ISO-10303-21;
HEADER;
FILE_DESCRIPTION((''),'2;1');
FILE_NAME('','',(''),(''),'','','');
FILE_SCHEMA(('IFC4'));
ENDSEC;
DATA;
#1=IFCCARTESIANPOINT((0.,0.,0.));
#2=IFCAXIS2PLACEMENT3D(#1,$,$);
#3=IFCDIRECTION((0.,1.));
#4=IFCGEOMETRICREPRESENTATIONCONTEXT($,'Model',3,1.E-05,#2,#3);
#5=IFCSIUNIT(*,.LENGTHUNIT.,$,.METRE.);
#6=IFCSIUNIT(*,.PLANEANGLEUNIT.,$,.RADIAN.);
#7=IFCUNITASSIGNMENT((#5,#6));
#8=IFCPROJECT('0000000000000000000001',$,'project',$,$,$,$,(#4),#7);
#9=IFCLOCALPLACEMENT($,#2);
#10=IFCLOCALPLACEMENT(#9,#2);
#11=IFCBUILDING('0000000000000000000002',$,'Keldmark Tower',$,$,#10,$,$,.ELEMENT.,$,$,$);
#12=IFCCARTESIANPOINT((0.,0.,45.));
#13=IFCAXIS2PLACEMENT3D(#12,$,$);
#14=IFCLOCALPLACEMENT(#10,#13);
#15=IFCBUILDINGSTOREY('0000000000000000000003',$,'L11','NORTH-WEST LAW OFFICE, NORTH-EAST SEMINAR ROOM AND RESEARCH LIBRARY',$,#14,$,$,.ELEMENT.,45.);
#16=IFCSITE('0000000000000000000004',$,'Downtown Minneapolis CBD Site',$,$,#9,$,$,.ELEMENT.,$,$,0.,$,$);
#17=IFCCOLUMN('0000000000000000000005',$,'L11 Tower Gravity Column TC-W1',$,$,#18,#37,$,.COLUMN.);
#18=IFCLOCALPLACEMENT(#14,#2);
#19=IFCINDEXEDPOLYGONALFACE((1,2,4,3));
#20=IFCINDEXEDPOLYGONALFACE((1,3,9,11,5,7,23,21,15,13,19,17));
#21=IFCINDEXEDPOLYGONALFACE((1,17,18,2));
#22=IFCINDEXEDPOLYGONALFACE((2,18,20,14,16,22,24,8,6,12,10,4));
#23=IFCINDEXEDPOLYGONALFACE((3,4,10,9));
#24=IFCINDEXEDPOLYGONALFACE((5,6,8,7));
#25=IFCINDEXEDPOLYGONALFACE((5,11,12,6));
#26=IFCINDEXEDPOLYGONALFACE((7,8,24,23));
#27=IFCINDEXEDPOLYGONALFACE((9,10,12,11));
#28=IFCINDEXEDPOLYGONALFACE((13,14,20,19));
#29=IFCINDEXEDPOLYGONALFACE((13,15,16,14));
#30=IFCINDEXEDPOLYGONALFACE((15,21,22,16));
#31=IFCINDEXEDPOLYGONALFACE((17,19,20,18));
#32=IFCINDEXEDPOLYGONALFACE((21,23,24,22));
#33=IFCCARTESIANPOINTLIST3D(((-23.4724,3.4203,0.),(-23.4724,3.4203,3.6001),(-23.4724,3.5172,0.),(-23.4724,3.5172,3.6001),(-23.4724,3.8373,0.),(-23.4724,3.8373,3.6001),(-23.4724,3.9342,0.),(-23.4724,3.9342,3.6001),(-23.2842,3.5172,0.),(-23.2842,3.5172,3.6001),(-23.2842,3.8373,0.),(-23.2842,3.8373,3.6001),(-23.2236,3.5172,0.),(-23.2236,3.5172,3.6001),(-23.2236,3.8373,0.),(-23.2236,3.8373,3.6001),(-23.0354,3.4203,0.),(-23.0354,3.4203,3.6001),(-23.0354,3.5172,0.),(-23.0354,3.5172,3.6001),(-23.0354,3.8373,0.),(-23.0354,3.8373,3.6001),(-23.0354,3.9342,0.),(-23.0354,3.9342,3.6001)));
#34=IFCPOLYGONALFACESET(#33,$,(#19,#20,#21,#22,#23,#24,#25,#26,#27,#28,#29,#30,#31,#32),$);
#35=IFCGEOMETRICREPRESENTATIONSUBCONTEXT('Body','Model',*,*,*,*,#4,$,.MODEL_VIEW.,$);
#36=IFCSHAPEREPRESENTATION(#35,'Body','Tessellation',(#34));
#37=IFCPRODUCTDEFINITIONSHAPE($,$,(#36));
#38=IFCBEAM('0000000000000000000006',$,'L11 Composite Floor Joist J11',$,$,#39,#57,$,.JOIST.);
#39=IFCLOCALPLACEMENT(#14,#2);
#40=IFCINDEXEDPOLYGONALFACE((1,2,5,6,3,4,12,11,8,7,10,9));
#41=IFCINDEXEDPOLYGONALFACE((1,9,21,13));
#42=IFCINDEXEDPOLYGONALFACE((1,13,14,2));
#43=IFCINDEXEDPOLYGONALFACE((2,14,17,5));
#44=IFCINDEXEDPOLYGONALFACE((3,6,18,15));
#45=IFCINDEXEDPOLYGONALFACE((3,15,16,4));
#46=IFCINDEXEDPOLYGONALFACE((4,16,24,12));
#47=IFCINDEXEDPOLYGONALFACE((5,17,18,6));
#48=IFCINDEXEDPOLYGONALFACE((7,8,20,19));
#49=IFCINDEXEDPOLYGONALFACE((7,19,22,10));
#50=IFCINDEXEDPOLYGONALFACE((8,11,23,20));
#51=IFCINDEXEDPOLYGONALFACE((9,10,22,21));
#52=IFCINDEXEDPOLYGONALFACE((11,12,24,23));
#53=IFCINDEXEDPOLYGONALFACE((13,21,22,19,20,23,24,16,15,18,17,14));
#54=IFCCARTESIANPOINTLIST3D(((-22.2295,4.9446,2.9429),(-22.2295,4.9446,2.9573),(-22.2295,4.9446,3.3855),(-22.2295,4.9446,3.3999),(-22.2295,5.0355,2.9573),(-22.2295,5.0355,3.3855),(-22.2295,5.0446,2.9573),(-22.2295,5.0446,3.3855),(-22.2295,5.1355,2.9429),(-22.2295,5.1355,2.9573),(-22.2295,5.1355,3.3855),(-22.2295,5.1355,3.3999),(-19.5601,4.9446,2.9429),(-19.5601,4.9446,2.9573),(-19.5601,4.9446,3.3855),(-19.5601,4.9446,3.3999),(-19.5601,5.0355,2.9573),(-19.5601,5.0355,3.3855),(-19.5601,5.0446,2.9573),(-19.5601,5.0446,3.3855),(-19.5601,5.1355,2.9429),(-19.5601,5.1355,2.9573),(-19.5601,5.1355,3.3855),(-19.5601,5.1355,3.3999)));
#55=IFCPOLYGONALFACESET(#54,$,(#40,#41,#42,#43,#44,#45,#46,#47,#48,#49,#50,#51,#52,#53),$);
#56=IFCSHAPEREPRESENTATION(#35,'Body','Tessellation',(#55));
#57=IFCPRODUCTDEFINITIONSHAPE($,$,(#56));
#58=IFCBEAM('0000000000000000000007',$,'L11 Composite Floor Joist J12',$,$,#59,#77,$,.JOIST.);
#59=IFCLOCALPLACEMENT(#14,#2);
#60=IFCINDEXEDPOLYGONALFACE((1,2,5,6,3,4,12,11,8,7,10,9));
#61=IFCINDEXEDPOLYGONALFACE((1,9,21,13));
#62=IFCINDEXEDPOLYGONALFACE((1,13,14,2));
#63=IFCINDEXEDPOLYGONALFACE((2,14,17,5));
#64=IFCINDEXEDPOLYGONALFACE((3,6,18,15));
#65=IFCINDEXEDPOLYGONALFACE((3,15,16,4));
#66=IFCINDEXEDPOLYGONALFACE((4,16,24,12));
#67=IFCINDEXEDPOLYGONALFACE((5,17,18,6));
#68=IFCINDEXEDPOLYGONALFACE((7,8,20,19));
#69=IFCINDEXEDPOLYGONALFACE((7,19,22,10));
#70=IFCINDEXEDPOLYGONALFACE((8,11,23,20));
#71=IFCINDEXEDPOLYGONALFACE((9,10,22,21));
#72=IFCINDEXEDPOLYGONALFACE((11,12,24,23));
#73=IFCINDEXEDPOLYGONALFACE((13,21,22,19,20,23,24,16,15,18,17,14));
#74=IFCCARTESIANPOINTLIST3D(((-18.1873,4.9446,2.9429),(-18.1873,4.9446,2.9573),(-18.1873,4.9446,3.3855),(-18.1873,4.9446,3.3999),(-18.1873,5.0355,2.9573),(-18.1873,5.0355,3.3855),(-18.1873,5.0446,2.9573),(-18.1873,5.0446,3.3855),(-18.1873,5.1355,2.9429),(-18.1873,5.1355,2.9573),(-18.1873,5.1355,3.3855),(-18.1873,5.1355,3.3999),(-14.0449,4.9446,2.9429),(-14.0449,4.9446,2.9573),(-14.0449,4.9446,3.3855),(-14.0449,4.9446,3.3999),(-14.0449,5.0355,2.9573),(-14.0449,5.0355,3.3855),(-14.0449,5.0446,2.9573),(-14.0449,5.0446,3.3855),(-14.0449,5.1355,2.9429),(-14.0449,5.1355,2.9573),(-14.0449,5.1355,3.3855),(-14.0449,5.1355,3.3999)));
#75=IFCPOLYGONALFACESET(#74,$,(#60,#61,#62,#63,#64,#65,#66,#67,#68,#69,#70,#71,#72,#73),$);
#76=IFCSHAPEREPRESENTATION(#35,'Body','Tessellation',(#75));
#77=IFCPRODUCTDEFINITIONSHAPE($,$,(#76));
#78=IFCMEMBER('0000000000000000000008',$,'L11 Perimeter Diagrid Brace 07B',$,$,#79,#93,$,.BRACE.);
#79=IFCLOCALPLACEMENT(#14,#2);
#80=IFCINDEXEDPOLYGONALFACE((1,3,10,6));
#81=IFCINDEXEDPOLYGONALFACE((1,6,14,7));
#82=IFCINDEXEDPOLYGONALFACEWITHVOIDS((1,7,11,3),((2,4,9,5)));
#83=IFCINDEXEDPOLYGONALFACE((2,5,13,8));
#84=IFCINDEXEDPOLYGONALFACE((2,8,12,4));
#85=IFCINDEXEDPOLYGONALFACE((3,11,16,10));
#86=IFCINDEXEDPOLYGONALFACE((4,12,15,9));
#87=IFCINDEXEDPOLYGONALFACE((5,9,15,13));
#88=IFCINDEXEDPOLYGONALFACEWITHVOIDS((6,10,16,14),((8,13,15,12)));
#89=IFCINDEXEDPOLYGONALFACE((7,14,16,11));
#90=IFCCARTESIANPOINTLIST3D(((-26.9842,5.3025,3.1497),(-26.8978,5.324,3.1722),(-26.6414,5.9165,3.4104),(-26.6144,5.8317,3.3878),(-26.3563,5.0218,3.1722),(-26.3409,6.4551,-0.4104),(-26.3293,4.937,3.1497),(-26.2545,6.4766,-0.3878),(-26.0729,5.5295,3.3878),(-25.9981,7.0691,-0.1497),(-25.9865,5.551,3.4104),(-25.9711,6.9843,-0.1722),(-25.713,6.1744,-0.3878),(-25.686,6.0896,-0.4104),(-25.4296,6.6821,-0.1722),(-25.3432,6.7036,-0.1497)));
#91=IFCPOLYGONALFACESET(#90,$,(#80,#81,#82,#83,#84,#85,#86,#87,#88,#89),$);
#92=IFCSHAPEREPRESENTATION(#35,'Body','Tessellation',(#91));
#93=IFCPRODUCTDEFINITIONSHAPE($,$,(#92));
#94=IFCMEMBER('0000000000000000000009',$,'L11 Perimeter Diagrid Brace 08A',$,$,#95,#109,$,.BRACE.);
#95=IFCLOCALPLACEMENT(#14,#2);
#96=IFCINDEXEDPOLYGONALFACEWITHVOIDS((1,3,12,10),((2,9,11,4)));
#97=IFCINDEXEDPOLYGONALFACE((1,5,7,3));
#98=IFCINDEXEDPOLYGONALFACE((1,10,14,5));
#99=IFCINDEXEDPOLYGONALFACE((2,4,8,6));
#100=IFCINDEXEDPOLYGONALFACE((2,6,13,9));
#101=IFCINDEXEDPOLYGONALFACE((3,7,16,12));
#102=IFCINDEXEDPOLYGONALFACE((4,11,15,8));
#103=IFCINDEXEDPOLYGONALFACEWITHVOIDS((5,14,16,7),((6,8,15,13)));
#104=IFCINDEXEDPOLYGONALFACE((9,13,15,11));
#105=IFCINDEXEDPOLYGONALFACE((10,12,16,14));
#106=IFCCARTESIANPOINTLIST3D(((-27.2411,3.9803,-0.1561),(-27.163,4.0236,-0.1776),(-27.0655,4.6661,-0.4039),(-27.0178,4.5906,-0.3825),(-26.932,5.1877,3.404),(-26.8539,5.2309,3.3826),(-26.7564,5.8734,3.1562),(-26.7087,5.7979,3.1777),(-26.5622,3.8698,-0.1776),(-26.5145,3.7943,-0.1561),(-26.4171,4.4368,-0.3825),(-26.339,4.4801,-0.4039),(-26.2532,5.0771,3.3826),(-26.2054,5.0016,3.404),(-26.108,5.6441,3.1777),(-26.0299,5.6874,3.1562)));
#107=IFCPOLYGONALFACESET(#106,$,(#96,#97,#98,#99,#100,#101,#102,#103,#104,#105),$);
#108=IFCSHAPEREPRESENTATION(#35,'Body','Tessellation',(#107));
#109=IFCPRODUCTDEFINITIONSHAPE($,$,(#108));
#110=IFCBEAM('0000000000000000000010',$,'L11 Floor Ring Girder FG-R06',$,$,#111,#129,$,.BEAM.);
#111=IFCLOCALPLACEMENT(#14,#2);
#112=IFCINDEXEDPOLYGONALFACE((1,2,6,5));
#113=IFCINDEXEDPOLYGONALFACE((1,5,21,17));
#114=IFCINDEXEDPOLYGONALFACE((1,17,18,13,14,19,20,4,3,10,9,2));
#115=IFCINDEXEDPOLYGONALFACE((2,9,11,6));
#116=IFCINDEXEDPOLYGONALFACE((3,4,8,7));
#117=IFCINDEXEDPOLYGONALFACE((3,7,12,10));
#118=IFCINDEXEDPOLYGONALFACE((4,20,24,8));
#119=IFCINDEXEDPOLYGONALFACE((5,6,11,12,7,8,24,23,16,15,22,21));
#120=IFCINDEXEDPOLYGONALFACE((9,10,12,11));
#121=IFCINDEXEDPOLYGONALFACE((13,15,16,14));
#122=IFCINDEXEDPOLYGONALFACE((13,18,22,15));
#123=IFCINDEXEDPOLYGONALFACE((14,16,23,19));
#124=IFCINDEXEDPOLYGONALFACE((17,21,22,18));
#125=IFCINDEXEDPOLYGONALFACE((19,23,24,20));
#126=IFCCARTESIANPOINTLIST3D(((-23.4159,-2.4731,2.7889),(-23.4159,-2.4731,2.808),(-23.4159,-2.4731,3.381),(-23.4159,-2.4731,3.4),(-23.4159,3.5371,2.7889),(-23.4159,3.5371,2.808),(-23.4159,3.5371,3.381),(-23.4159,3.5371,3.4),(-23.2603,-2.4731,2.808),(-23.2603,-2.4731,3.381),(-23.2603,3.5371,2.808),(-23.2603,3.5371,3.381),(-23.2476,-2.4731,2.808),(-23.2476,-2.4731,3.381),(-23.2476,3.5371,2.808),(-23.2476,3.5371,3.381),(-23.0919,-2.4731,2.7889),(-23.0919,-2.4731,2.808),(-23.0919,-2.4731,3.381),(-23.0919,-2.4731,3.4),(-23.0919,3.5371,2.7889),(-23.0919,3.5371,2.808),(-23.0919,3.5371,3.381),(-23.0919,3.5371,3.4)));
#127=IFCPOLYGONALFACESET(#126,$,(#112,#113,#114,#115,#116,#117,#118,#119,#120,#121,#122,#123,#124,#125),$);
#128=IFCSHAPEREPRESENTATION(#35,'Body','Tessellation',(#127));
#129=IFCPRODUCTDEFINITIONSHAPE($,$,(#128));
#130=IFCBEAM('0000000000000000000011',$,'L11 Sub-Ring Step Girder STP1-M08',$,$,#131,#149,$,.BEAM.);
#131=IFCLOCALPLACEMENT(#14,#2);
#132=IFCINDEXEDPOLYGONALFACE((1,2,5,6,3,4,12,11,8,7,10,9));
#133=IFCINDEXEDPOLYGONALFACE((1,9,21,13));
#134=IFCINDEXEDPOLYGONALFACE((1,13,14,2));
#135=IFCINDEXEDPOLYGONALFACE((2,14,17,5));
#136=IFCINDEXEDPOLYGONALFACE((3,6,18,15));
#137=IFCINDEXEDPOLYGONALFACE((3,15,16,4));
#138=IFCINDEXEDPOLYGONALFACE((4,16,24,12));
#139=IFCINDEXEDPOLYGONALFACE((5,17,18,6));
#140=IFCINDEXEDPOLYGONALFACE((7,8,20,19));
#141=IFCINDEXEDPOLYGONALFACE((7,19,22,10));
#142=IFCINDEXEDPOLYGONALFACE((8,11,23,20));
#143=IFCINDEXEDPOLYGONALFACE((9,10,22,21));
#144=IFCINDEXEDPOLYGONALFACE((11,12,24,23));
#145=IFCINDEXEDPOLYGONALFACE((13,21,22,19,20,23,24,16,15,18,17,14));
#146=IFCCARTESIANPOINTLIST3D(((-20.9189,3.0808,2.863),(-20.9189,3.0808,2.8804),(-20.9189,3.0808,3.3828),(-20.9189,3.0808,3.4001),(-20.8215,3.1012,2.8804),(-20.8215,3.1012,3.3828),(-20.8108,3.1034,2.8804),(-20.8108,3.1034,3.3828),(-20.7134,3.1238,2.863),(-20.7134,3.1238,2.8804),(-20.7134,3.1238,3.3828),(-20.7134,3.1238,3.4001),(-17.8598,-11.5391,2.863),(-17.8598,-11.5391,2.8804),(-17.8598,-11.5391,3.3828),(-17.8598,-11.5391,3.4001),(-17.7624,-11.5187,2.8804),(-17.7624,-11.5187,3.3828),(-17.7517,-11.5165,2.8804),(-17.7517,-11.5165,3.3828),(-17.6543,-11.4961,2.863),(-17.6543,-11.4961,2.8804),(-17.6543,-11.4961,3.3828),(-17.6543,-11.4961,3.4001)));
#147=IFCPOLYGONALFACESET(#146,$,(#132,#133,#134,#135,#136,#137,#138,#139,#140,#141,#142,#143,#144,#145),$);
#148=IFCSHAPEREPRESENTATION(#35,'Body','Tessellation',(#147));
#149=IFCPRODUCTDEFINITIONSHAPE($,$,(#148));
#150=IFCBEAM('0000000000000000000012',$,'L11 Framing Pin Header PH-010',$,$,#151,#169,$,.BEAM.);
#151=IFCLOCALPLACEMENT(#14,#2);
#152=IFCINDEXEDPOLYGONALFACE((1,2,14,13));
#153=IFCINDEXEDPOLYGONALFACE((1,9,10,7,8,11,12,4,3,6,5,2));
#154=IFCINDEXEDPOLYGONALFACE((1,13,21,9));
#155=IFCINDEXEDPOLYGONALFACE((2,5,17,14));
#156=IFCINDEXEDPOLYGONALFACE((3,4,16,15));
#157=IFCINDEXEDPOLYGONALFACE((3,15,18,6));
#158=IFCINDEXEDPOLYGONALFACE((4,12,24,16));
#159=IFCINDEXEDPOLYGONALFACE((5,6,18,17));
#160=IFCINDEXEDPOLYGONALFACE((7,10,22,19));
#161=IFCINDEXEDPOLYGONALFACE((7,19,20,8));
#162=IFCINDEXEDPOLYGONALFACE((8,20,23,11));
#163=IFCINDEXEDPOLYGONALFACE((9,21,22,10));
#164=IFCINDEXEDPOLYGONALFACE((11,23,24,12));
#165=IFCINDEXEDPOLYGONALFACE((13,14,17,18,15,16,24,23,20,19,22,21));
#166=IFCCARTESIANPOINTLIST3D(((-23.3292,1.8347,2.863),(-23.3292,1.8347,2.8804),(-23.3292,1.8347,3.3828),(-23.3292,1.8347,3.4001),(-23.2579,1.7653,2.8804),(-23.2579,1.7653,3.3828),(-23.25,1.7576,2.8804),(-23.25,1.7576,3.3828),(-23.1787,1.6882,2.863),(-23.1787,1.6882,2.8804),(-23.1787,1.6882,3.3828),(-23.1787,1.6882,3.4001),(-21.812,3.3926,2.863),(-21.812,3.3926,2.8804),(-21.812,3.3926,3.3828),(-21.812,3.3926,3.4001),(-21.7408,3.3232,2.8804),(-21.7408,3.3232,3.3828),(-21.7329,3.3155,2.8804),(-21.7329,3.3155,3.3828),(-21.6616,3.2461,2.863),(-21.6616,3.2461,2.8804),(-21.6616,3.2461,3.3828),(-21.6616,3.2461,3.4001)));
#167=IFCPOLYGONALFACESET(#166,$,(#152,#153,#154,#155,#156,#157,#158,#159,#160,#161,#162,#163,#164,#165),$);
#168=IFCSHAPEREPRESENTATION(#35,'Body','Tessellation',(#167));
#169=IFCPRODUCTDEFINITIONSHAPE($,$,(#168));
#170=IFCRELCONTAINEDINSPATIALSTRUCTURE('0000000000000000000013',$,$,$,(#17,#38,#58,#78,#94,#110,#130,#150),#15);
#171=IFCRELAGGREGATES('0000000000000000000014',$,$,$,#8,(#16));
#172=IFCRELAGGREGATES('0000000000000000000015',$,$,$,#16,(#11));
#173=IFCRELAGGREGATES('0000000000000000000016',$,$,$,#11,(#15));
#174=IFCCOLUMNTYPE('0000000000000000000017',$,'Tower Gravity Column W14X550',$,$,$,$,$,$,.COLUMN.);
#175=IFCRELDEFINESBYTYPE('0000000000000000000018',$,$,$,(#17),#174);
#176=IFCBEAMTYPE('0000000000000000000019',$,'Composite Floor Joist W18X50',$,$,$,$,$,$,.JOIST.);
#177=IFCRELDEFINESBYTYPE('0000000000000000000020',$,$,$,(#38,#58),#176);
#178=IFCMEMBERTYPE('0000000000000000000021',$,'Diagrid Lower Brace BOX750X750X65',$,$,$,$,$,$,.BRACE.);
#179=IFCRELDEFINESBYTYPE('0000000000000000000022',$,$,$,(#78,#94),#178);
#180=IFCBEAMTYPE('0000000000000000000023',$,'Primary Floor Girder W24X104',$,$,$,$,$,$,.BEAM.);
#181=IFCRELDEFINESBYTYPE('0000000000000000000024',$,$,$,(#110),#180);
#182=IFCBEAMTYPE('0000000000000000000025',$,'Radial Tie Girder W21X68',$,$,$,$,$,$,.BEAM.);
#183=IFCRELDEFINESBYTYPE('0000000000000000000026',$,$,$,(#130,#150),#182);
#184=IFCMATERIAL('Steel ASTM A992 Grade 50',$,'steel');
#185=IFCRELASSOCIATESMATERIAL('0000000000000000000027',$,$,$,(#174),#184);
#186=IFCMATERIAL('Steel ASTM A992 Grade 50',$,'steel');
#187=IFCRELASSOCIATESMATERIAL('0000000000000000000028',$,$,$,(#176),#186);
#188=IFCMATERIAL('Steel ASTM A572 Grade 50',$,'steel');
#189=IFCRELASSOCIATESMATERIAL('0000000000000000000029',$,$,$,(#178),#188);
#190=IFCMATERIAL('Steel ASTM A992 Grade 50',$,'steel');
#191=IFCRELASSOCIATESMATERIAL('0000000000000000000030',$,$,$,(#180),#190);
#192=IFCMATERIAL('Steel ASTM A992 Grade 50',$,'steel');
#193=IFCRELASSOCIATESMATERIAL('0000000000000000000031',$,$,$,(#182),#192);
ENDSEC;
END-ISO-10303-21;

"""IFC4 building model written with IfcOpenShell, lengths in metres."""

from ifc_helpers import new_model, si_unit, direction, frame, origin, origin_2d, place, context, subcontext, project, spatial, hollow_rectangle, i_section, extrude, material, material_profile, profile_set, type_object, element, save


model = new_model("IFC4")

# Units and contexts
model_context = context("Model", 3, precision=1e-05, world=origin(), true_north=direction((0.0, 1.0)))
body_context = subcontext(model_context, "Body", "Model", "MODEL_VIEW")
ifc_project = project(units=[si_unit("LENGTHUNIT", "METRE"), si_unit("PLANEANGLEUNIT", "RADIAN")], contexts=[model_context])

# Site, building, storey
site_placement = place(None, origin())
site = spatial("IfcSite", under=ifc_project, at=site_placement, Name="Downtown Minneapolis CBD Site", CompositionType="ELEMENT", RefElevation=0.0)
building_placement = place(site_placement, origin())
building = spatial("IfcBuilding", under=site, at=building_placement, Name="Keldmark Tower", CompositionType="ELEMENT")
storey_placement = place(building_placement, frame((0.0, 0.0, 45.0)))
storey = spatial("IfcBuildingStorey", under=building, at=storey_placement, Name="L11", Description="NORTH-WEST LAW OFFICE, NORTH-EAST SEMINAR ROOM AND RESEARCH LIBRARY", CompositionType="ELEMENT", Elevation=45.0)

# Column
ifc_material_1 = material(Name="Steel ASTM A992 Grade 50", Category="steel")
ifc_material_profile_1 = material_profile(ifc_material_1, i_section(OverallWidth=0.437, OverallDepth=0.5139, WebThickness=0.0605, FlangeThickness=0.0969, at=origin_2d()), Name="W14X550")
ifc_profile_set_1 = profile_set([ifc_material_profile_1], Name="Steel ASTM A992 Grade 50")
column_type = type_object("IfcColumnType", Name="Tower Gravity Column W14X550", PredefinedType="COLUMN", material=ifc_profile_set_1)
column_placement = place(storey_placement, frame((-23.2539, 3.6772, 0.0), z_axis=(0.0, 0.0, 1.0), x_axis=(1.0, 0.0, 0.0)))
element("IfcColumn", 1, at=column_placement, inside=storey, type_object=column_type, Name="L11 Tower Gravity Column TC-W1", PredefinedType="COLUMN", context=body_context, shape_type="SweptSolid", body=[
    extrude(i_section(OverallWidth=0.437, OverallDepth=0.5139, WebThickness=0.0605, FlangeThickness=0.0969, at=origin_2d()), origin(), (0.0, 0.0, 1.0), 3.6001),
])

# Beams
ifc_material_2 = material(Name="Steel ASTM A992 Grade 50", Category="steel")
ifc_material_profile_2 = material_profile(ifc_material_2, i_section(OverallWidth=0.1909, OverallDepth=0.457, WebThickness=0.009, FlangeThickness=0.0144, at=origin_2d()), Name="W18X50")
ifc_profile_set_2 = profile_set([ifc_material_profile_2], Name="Steel ASTM A992 Grade 50")
beam_type_1 = type_object("IfcBeamType", Name="Composite Floor Joist W18X50", PredefinedType="JOIST", material=ifc_profile_set_2)
beam_1_placement = place(storey_placement, frame((-22.2295, 5.04, 3.1714), z_axis=(1.0, 0.0, 0.0), x_axis=(0.0, 1.0, 0.0)))
element("IfcBeam", 2, at=beam_1_placement, inside=storey, type_object=beam_type_1, Name="L11 Composite Floor Joist J11", PredefinedType="JOIST", context=body_context, shape_type="SweptSolid", body=[
    extrude(i_section(OverallWidth=0.1909, OverallDepth=0.457, WebThickness=0.009, FlangeThickness=0.0144, at=origin_2d()), origin(), (0.0, 0.0, 1.0), 2.6694),
])
beam_2_placement = place(storey_placement, frame((-18.1873, 5.04, 3.1714), z_axis=(1.0, 0.0, 0.0), x_axis=(0.0, 1.0, 0.0)))
element("IfcBeam", 3, at=beam_2_placement, inside=storey, type_object=beam_type_1, Name="L11 Composite Floor Joist J12", PredefinedType="JOIST", context=body_context, shape_type="SweptSolid", body=[
    extrude(i_section(OverallWidth=0.1909, OverallDepth=0.457, WebThickness=0.009, FlangeThickness=0.0144, at=origin_2d()), origin(), (0.0, 0.0, 1.0), 4.1423),
])

# Members
ifc_material_3 = material(Name="Steel ASTM A572 Grade 50", Category="steel")
ifc_material_profile_3 = material_profile(ifc_material_3, hollow_rectangle(XDim=0.75, YDim=0.75, WallThickness=0.0649, at=origin_2d()), Name="BOX750X750X65")
ifc_profile_set_3 = profile_set([ifc_material_profile_3], Name="Steel ASTM A572 Grade 50")
member_type = type_object("IfcMemberType", Name="Diagrid Lower Brace BOX750X750X65", PredefinedType="BRACE", material=ifc_profile_set_3)
member_1_placement = place(storey_placement, frame((-25.842, 6.5793, -0.28), z_axis=(-0.169431, -0.303562, 0.937626), x_axis=(0.873196, -0.487369, 0.0)))
element("IfcMember", 4, at=member_1_placement, inside=storey, type_object=member_type, Name="L11 Perimeter Diagrid Brace 07B", PredefinedType="BRACE", context=body_context, shape_type="SweptSolid", body=[
    extrude(hollow_rectangle(XDim=0.75, YDim=0.75, WallThickness=0.0649, at=origin_2d()), origin(), (0.0, 0.0, 1.0), 3.7969),
])
member_2_placement = place(storey_placement, frame((-26.79, 4.2302, -0.28), z_axis=(0.081944, 0.320073, 0.943842), x_axis=(-0.968756, 0.248017, 0.0)))
element("IfcMember", 5, at=member_2_placement, inside=storey, type_object=member_type, Name="L11 Perimeter Diagrid Brace 08A", PredefinedType="BRACE", context=body_context, shape_type="SweptSolid", body=[
    extrude(hollow_rectangle(XDim=0.75, YDim=0.75, WallThickness=0.0649, at=origin_2d()), origin(), (0.0, 0.0, 1.0), 3.772),
])

# Beams
ifc_material_4 = material(Name="Steel ASTM A992 Grade 50", Category="steel")
ifc_material_profile_4 = material_profile(ifc_material_4, i_section(OverallWidth=0.324, OverallDepth=0.6111, WebThickness=0.0127, FlangeThickness=0.019, at=origin_2d()), Name="W24X104")
ifc_profile_set_4 = profile_set([ifc_material_profile_4], Name="Steel ASTM A992 Grade 50")
beam_type_2 = type_object("IfcBeamType", Name="Primary Floor Girder W24X104", PredefinedType="BEAM", material=ifc_profile_set_4)
beam_3_placement = place(storey_placement, frame((-23.2539, 3.5371, 3.0945), z_axis=(0.0, -1.0, 0.0), x_axis=(1.0, 0.0, 0.0)))
element("IfcBeam", 6, at=beam_3_placement, inside=storey, type_object=beam_type_2, Name="L11 Floor Ring Girder FG-R06", PredefinedType="BEAM", context=body_context, shape_type="SweptSolid", body=[
    extrude(i_section(OverallWidth=0.324, OverallDepth=0.6111, WebThickness=0.0127, FlangeThickness=0.019, at=origin_2d()), origin(), (0.0, 0.0, 1.0), 6.0103),
])
ifc_material_5 = material(Name="Steel ASTM A992 Grade 50", Category="steel")
ifc_material_profile_5 = material_profile(ifc_material_5, i_section(OverallWidth=0.21, OverallDepth=0.5371, WebThickness=0.011, FlangeThickness=0.0173, at=origin_2d()), Name="W21X68")
ifc_profile_set_5 = profile_set([ifc_material_profile_5], Name="Steel ASTM A992 Grade 50")
beam_type_3 = type_object("IfcBeamType", Name="Radial Tie Girder W21X68", PredefinedType="BEAM", material=ifc_profile_set_5)
beam_4_placement = place(storey_placement, frame((-20.8162, 3.1023, 3.1316), z_axis=(0.204806, -0.978803, 0.0), x_axis=(0.978803, 0.204806, 0.0)))
element("IfcBeam", 7, at=beam_4_placement, inside=storey, type_object=beam_type_3, Name="L11 Sub-Ring Step Girder STP1-M08", PredefinedType="BEAM", context=body_context, shape_type="SweptSolid", body=[
    extrude(i_section(OverallWidth=0.21, OverallDepth=0.5371, WebThickness=0.011, FlangeThickness=0.0173, at=origin_2d()), origin(), (0.0, 0.0, 1.0), 14.9365),
])
beam_5_placement = place(storey_placement, frame((-21.7368, 3.3193, 3.1316), z_axis=(-0.69767, -0.716419, 0.0), x_axis=(0.716419, -0.69767, 0.0)))
element("IfcBeam", 8, at=beam_5_placement, inside=storey, type_object=beam_type_3, Name="L11 Framing Pin Header PH-010", PredefinedType="BEAM", context=body_context, shape_type="SweptSolid", body=[
    extrude(i_section(OverallWidth=0.21, OverallDepth=0.5371, WebThickness=0.011, FlangeThickness=0.0173, at=origin_2d()), origin(), (0.0, 0.0, 1.0), 2.1746),
])

save(model, "model.ifc")
